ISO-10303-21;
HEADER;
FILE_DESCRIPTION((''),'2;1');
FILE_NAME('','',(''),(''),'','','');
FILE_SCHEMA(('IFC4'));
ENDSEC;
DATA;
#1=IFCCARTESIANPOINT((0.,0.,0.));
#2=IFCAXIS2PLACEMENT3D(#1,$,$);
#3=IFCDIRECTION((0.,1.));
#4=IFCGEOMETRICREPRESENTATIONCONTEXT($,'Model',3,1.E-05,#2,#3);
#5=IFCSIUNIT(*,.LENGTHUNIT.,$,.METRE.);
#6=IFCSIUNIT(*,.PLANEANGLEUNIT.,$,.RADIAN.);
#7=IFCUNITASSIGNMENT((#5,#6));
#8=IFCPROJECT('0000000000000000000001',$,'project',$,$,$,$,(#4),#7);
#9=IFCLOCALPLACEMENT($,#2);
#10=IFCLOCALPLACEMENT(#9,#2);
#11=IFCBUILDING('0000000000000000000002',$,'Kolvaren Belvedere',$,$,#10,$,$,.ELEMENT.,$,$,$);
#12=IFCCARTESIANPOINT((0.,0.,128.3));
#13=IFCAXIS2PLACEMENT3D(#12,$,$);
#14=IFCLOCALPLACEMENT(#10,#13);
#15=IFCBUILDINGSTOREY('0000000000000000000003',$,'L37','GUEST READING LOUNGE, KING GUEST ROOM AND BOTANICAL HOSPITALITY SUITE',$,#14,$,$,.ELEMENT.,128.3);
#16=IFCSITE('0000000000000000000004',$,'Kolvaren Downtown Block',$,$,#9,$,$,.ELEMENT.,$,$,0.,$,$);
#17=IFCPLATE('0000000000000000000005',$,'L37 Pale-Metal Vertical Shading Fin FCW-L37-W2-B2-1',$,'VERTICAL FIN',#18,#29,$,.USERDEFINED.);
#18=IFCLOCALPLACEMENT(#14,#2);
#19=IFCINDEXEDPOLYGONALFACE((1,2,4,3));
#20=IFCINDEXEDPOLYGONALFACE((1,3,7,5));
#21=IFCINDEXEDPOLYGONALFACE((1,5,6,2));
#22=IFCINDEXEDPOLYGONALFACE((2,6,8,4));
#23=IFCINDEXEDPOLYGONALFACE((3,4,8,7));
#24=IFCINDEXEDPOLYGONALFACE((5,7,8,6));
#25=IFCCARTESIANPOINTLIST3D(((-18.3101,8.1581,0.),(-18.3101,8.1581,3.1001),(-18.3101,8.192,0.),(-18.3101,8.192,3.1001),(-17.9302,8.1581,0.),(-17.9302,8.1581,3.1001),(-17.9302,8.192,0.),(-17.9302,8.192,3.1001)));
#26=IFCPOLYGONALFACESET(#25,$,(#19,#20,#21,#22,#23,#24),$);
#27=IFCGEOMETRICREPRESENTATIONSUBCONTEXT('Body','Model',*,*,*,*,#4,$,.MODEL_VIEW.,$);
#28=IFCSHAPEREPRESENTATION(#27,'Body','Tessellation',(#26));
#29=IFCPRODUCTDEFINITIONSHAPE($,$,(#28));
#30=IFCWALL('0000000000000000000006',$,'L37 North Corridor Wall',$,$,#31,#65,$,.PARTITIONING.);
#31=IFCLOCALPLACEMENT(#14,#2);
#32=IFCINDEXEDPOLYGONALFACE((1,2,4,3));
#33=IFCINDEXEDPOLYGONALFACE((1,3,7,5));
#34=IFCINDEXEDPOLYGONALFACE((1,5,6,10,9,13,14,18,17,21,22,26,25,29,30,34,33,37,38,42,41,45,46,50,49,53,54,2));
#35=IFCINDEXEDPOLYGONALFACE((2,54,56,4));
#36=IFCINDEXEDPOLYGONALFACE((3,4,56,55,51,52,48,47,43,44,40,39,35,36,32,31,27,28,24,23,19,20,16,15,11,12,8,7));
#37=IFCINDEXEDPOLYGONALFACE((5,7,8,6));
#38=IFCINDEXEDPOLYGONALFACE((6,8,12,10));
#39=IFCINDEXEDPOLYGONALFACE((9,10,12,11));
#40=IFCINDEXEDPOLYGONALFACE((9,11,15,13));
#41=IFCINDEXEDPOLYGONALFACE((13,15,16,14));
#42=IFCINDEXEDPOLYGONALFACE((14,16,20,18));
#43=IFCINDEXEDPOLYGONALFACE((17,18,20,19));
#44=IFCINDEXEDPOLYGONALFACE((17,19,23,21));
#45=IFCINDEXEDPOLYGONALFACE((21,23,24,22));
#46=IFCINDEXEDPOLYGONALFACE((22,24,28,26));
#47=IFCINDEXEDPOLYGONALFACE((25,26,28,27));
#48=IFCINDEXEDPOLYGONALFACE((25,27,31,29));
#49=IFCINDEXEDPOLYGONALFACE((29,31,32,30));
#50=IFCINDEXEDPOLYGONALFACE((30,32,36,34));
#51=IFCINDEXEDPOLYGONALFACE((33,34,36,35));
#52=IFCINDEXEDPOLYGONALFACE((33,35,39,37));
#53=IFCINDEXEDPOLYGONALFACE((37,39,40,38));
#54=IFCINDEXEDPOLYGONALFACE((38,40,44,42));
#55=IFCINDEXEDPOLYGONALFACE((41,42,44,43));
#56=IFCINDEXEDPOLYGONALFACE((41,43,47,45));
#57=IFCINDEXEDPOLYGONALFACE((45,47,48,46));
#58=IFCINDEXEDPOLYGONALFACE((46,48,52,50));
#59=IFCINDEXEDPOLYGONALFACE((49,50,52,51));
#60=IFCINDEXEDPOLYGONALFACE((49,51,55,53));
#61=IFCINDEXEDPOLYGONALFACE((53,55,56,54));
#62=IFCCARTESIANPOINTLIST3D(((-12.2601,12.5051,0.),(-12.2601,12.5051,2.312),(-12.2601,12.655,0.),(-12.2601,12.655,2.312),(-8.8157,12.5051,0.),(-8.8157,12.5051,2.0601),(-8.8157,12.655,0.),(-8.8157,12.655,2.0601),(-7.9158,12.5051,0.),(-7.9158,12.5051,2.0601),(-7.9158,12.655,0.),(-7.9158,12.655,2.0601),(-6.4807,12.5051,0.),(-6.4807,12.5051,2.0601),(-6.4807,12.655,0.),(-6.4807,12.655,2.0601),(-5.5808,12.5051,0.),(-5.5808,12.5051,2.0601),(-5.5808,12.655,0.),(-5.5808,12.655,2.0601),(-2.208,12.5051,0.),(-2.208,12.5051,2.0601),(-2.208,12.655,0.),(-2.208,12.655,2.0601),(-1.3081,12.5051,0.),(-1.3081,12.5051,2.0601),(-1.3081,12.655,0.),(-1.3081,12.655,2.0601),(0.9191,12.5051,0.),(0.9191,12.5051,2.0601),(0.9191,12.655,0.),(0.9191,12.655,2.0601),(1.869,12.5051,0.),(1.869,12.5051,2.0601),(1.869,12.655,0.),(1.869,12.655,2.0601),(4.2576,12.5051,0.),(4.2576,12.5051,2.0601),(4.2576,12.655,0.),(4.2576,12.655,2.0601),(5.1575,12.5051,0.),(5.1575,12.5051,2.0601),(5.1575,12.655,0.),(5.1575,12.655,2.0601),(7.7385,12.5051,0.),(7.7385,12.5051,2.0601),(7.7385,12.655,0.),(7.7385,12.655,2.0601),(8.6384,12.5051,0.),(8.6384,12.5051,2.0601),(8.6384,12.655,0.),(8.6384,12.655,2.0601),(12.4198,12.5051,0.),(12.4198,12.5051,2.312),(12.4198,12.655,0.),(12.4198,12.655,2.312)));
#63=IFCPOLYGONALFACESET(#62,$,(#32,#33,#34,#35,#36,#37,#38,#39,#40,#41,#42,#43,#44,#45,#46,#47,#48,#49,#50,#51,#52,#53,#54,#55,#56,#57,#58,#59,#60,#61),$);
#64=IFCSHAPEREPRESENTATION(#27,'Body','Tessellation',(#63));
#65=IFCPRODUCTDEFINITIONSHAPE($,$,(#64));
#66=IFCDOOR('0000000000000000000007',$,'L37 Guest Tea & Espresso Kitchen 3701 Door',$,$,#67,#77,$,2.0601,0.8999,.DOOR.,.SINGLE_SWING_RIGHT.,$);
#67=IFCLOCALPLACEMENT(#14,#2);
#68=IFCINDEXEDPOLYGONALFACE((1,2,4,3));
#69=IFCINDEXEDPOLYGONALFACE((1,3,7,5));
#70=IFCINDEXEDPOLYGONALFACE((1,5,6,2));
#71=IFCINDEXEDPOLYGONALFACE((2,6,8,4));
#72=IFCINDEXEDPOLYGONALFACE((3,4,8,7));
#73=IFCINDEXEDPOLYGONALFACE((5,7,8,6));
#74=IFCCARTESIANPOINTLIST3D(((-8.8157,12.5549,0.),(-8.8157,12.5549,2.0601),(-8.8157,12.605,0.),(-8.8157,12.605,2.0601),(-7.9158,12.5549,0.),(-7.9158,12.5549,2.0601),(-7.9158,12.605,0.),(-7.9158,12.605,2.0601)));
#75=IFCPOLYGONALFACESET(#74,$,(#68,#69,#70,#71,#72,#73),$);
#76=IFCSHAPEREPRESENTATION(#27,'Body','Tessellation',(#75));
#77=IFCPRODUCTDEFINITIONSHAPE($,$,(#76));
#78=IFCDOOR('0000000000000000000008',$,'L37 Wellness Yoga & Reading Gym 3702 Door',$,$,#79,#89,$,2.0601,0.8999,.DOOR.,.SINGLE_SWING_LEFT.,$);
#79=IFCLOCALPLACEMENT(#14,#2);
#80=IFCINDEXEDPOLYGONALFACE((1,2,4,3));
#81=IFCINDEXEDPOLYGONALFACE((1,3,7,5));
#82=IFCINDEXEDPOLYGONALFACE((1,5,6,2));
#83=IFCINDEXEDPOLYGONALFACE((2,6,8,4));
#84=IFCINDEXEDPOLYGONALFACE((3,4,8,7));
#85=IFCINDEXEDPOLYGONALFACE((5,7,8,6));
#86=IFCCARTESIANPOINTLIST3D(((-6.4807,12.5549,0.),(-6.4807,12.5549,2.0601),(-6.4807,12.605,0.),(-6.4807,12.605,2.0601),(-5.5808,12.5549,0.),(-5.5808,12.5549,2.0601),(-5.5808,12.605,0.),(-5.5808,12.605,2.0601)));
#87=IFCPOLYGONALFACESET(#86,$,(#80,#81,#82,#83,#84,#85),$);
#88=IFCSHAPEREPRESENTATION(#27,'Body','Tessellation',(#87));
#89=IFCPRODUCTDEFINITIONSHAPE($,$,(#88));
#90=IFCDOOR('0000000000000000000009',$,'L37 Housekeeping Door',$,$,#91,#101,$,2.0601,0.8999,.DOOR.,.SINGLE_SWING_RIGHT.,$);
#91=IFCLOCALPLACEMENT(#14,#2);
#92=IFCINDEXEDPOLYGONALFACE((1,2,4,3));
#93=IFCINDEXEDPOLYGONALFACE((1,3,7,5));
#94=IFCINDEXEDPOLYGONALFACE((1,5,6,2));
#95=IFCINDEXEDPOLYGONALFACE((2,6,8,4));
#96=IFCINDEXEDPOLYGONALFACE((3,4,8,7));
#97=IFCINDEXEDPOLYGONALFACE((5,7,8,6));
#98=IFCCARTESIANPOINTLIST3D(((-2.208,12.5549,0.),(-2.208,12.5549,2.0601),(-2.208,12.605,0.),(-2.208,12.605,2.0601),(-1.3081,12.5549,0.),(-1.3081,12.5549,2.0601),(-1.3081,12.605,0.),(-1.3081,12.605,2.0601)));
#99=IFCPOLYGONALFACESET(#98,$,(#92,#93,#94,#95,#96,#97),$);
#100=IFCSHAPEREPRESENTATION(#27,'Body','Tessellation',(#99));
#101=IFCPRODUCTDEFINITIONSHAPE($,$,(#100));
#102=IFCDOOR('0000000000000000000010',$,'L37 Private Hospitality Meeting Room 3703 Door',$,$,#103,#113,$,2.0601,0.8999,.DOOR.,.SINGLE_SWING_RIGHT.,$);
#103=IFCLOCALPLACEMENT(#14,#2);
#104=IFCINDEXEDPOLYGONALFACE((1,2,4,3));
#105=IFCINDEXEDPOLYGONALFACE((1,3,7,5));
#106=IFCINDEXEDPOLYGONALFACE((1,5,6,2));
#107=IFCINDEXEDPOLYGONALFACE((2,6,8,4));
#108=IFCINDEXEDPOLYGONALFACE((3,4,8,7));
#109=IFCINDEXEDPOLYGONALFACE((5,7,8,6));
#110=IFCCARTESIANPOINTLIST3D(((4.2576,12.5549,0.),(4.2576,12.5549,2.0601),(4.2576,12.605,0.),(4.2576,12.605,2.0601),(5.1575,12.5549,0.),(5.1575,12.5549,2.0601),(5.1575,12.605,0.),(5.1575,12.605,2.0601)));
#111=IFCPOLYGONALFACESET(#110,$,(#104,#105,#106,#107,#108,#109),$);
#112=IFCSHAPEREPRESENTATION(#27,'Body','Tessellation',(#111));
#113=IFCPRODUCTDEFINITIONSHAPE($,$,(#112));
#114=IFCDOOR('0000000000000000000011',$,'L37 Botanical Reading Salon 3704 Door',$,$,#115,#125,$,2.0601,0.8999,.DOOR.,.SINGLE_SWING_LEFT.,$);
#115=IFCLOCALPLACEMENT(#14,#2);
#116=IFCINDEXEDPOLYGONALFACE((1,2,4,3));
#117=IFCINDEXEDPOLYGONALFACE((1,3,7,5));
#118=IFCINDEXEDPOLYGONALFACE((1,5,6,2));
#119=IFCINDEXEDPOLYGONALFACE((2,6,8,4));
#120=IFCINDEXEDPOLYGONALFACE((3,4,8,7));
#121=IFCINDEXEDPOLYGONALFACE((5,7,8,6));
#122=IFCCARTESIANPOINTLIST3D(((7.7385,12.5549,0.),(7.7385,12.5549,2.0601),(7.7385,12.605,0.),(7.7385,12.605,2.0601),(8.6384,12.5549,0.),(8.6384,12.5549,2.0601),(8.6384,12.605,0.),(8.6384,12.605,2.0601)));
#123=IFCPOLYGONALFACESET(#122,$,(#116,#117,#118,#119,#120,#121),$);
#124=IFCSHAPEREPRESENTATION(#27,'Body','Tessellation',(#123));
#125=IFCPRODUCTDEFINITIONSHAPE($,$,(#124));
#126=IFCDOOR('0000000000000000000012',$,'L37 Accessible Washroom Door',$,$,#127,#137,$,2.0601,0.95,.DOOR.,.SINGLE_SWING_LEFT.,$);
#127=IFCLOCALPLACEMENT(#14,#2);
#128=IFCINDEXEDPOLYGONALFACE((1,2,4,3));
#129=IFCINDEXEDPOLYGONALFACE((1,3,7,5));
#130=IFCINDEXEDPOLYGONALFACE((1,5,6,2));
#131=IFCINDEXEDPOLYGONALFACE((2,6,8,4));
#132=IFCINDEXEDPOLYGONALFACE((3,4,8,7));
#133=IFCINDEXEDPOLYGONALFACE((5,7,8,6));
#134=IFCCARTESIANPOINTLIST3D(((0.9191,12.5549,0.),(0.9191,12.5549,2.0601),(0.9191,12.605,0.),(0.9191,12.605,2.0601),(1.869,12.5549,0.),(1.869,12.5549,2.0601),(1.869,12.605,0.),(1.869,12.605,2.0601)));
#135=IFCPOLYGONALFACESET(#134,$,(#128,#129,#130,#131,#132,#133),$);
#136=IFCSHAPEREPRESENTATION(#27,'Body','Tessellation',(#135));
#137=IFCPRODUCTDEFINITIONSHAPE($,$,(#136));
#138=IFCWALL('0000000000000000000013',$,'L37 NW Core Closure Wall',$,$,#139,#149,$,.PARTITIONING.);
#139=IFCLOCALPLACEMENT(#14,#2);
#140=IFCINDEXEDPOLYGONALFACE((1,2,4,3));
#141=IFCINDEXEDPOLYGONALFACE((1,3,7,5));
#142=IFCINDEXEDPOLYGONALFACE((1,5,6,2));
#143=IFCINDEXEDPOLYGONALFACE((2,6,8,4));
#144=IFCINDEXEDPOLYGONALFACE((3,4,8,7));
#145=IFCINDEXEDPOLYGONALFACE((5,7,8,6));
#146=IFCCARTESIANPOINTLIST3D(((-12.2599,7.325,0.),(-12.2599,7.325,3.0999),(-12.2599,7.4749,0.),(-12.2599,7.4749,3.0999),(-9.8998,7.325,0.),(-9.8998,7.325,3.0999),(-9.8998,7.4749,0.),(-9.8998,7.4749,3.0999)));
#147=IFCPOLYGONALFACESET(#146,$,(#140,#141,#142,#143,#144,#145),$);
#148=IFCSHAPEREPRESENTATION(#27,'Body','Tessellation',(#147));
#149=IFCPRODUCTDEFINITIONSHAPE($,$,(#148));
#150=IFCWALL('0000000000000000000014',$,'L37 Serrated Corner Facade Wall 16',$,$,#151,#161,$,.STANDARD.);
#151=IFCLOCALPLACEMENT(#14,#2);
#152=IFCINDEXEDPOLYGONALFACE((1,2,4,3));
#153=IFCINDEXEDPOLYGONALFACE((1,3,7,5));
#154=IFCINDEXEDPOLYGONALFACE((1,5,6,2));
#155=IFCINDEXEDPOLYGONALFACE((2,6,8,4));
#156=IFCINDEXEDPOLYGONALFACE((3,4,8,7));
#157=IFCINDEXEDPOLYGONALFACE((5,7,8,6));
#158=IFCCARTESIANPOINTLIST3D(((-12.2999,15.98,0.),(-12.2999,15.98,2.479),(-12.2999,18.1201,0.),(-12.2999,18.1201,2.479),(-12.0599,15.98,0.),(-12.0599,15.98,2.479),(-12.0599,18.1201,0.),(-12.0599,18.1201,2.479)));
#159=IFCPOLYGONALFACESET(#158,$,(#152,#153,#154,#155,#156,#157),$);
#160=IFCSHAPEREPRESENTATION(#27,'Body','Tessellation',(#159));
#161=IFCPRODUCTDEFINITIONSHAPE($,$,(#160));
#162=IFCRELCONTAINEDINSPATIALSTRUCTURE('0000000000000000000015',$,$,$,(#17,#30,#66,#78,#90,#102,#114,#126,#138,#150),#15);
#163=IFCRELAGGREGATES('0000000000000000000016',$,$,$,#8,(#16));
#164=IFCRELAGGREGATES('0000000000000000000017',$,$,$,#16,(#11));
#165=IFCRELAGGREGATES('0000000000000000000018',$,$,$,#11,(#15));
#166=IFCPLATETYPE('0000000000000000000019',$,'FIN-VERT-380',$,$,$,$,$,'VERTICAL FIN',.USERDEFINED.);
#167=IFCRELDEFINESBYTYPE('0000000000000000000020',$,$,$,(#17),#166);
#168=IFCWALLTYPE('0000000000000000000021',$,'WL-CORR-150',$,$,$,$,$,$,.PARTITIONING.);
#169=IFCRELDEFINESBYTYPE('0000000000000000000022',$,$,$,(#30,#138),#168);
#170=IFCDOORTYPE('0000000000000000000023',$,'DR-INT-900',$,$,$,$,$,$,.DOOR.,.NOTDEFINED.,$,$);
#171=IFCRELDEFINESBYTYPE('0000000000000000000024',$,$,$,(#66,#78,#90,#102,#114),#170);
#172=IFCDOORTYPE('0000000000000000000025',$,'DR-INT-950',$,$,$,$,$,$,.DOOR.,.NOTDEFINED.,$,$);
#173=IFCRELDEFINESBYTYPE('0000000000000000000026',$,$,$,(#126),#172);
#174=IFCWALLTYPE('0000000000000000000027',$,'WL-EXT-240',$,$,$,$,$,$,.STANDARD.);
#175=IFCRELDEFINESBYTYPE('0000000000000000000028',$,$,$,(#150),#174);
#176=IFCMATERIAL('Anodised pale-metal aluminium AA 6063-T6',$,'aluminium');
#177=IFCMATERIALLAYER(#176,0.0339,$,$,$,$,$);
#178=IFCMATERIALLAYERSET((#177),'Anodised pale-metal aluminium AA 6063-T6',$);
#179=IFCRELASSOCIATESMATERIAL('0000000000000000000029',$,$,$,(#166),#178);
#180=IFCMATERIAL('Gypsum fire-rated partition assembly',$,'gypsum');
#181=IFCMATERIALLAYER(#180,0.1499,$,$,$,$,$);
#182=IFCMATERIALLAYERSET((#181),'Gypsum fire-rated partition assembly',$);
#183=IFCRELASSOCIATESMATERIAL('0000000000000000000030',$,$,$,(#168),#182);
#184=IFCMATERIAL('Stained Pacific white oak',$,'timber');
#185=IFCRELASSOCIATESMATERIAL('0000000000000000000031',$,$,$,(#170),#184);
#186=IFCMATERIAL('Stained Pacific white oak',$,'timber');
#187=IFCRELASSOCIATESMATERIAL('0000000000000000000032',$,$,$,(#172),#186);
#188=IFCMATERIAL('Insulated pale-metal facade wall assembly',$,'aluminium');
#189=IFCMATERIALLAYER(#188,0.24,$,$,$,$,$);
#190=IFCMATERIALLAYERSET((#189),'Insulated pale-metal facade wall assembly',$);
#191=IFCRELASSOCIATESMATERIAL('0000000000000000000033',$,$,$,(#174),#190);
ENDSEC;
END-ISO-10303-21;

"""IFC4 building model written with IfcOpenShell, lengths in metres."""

from ifc_helpers import new_model, si_unit, direction, frame, frame_2d, origin, origin_2d, place, context, subcontext, project, spatial, rectangle, extrude, material, layer, layer_set, type_object, element, fill, save


model = new_model("IFC4")

# Units and contexts
model_context = context("Model", 3, precision=1e-05, world=origin(), true_north=direction((0.0, 1.0)))
body_context = subcontext(model_context, "Body", "Model", "MODEL_VIEW")
ifc_project = project(units=[si_unit("LENGTHUNIT", "METRE"), si_unit("PLANEANGLEUNIT", "RADIAN")], contexts=[model_context])

# Site, building, storey
site_placement = place(None, origin())
site = spatial("IfcSite", under=ifc_project, at=site_placement, Name="Kolvaren Downtown Block", CompositionType="ELEMENT", RefElevation=0.0)
building_placement = place(site_placement, origin())
building = spatial("IfcBuilding", under=site, at=building_placement, Name="Kolvaren Belvedere", CompositionType="ELEMENT")
storey_placement = place(building_placement, frame((0.0, 0.0, 128.3)))
storey = spatial("IfcBuildingStorey", under=building, at=storey_placement, Name="L37", Description="GUEST READING LOUNGE, KING GUEST ROOM AND BOTANICAL HOSPITALITY SUITE", CompositionType="ELEMENT", Elevation=128.3)

# Plate
ifc_material_1 = material(Name="Anodised pale-metal aluminium AA 6063-T6", Category="aluminium")
ifc_layer_1 = layer(ifc_material_1, 0.0339)
ifc_layer_set_1 = layer_set([ifc_layer_1], Name="Anodised pale-metal aluminium AA 6063-T6")
plate_type_1 = type_object("IfcPlateType", Name="FIN-VERT-380", ElementType="VERTICAL FIN", PredefinedType="USERDEFINED", material=ifc_layer_set_1)
plate_1_placement = place(storey_placement, frame((-18.1201, 8.175, 0.0), z_axis=(0.0, 0.0, 1.0), x_axis=(1.0, 0.0, 0.0)))
element("IfcPlate", 1, at=plate_1_placement, inside=storey, type_object=plate_type_1, Name="L37 Pale-Metal Vertical Shading Fin FCW-L37-W2-B2-1", ObjectType="VERTICAL FIN", PredefinedType="USERDEFINED", context=body_context, shape_type="SweptSolid", body=[
    extrude(rectangle(XDim=0.3799, YDim=0.0339, at=origin_2d()), origin(), (0.0, 0.0, 1.0), 3.1001),
])

# Wall, openings, doors
ifc_material_2 = material(Name="Gypsum fire-rated partition assembly", Category="gypsum")
ifc_layer_2 = layer(ifc_material_2, 0.1499)
ifc_layer_set_2 = layer_set([ifc_layer_2], Name="Gypsum fire-rated partition assembly")
wall_type_1 = type_object("IfcWallType", Name="WL-CORR-150", PredefinedType="PARTITIONING", material=ifc_layer_set_2)
wall_1_placement = place(storey_placement, frame((-12.26, 12.5801, 0.0), z_axis=(0.0, 0.0, 1.0), x_axis=(1.0, 0.0, 0.0)))
wall_1 = element("IfcWall", 2, at=wall_1_placement, inside=storey, type_object=wall_type_1, Name="L37 North Corridor Wall", PredefinedType="PARTITIONING", context=body_context, shape_type="SweptSolid", body=[
    extrude(rectangle(XDim=24.6799, YDim=0.1499, at=frame_2d((12.3398, 0.0))), origin(), (0.0, 0.0, 1.0), 2.312),
])
opening_1_placement = place(wall_1_placement, frame((3.4443, 0.0, 0.0)))
opening_1 = element("IfcOpeningElement", 3, at=opening_1_placement, cuts=wall_1, PredefinedType="OPENING", context=body_context, shape_type="SweptSolid", body=[
    extrude(rectangle(XDim=0.8999, YDim=2.0601, at=frame_2d((0.45, 1.03))), frame((0.0, 0.085, 0.0), z_axis=(0.0, -1.0, 0.0), x_axis=(1.0, 0.0, 0.0)), (0.0, 0.0, 1.0), 0.1699),
])
opening_2_placement = place(wall_1_placement, frame((5.7793, 0.0, 0.0)))
opening_2 = element("IfcOpeningElement", 4, at=opening_2_placement, cuts=wall_1, PredefinedType="OPENING", context=body_context, shape_type="SweptSolid", body=[
    extrude(rectangle(XDim=0.8999, YDim=2.0601, at=frame_2d((0.45, 1.03))), frame((0.0, 0.085, 0.0), z_axis=(0.0, -1.0, 0.0), x_axis=(1.0, 0.0, 0.0)), (0.0, 0.0, 1.0), 0.1699),
])
opening_3_placement = place(wall_1_placement, frame((10.052, 0.0, 0.0)))
opening_3 = element("IfcOpeningElement", 5, at=opening_3_placement, cuts=wall_1, PredefinedType="OPENING", context=body_context, shape_type="SweptSolid", body=[
    extrude(rectangle(XDim=0.8999, YDim=2.0601, at=frame_2d((0.45, 1.03))), frame((0.0, 0.085, 0.0), z_axis=(0.0, -1.0, 0.0), x_axis=(1.0, 0.0, 0.0)), (0.0, 0.0, 1.0), 0.1699),
])
opening_4_placement = place(wall_1_placement, frame((13.179, 0.0, 0.0)))
opening_4 = element("IfcOpeningElement", 6, at=opening_4_placement, cuts=wall_1, PredefinedType="OPENING", context=body_context, shape_type="SweptSolid", body=[
    extrude(rectangle(XDim=0.95, YDim=2.0601, at=frame_2d((0.4751, 1.03))), frame((0.0, 0.085, 0.0), z_axis=(0.0, -1.0, 0.0), x_axis=(1.0, 0.0, 0.0)), (0.0, 0.0, 1.0), 0.1699),
])
opening_5_placement = place(wall_1_placement, frame((16.5176, 0.0, 0.0)))
opening_5 = element("IfcOpeningElement", 7, at=opening_5_placement, cuts=wall_1, PredefinedType="OPENING", context=body_context, shape_type="SweptSolid", body=[
    extrude(rectangle(XDim=0.8999, YDim=2.0601, at=frame_2d((0.45, 1.03))), frame((0.0, 0.085, 0.0), z_axis=(0.0, -1.0, 0.0), x_axis=(1.0, 0.0, 0.0)), (0.0, 0.0, 1.0), 0.1699),
])
opening_6_placement = place(wall_1_placement, frame((19.9985, 0.0, 0.0)))
opening_6 = element("IfcOpeningElement", 8, at=opening_6_placement, cuts=wall_1, PredefinedType="OPENING", context=body_context, shape_type="SweptSolid", body=[
    extrude(rectangle(XDim=0.8999, YDim=2.0601, at=frame_2d((0.45, 1.03))), frame((0.0, 0.085, 0.0), z_axis=(0.0, -1.0, 0.0), x_axis=(1.0, 0.0, 0.0)), (0.0, 0.0, 1.0), 0.1699),
])
ifc_material_3 = material(Name="Stained Pacific white oak", Category="timber")
door_type_1 = type_object("IfcDoorType", Name="DR-INT-900", OperationType="NOTDEFINED", PredefinedType="DOOR", material=ifc_material_3)
door_1_placement = place(opening_1_placement, origin())
door_1 = element("IfcDoor", 9, at=door_1_placement, inside=storey, type_object=door_type_1, Name="L37 Guest Tea & Espresso Kitchen 3701 Door", OperationType="SINGLE_SWING_RIGHT", OverallHeight=2.0601, OverallWidth=0.8999, PredefinedType="DOOR", context=body_context, shape_type="SweptSolid", body=[
    extrude(rectangle(XDim=0.8999, YDim=2.0601, at=frame_2d((0.45, 1.03))), frame((0.0, 0.0249, 0.0), z_axis=(0.0, -1.0, 0.0), x_axis=(1.0, 0.0, 0.0)), (0.0, 0.0, 1.0), 0.05),
])
fill(opening_1, door_1)
door_2_placement = place(opening_2_placement, origin())
door_2 = element("IfcDoor", 10, at=door_2_placement, inside=storey, type_object=door_type_1, Name="L37 Wellness Yoga & Reading Gym 3702 Door", OperationType="SINGLE_SWING_LEFT", OverallHeight=2.0601, OverallWidth=0.8999, PredefinedType="DOOR", context=body_context, shape_type="SweptSolid", body=[
    extrude(rectangle(XDim=0.8999, YDim=2.0601, at=frame_2d((0.45, 1.03))), frame((0.0, 0.0249, 0.0), z_axis=(0.0, -1.0, 0.0), x_axis=(1.0, 0.0, 0.0)), (0.0, 0.0, 1.0), 0.05),
])
fill(opening_2, door_2)
door_3_placement = place(opening_3_placement, origin())
door_3 = element("IfcDoor", 11, at=door_3_placement, inside=storey, type_object=door_type_1, Name="L37 Housekeeping Door", OperationType="SINGLE_SWING_RIGHT", OverallHeight=2.0601, OverallWidth=0.8999, PredefinedType="DOOR", context=body_context, shape_type="SweptSolid", body=[
    extrude(rectangle(XDim=0.8999, YDim=2.0601, at=frame_2d((0.45, 1.03))), frame((0.0, 0.0249, 0.0), z_axis=(0.0, -1.0, 0.0), x_axis=(1.0, 0.0, 0.0)), (0.0, 0.0, 1.0), 0.05),
])
fill(opening_3, door_3)
door_4_placement = place(opening_5_placement, origin())
door_4 = element("IfcDoor", 12, at=door_4_placement, inside=storey, type_object=door_type_1, Name="L37 Private Hospitality Meeting Room 3703 Door", OperationType="SINGLE_SWING_RIGHT", OverallHeight=2.0601, OverallWidth=0.8999, PredefinedType="DOOR", context=body_context, shape_type="SweptSolid", body=[
    extrude(rectangle(XDim=0.8999, YDim=2.0601, at=frame_2d((0.45, 1.03))), frame((0.0, 0.0249, 0.0), z_axis=(0.0, -1.0, 0.0), x_axis=(1.0, 0.0, 0.0)), (0.0, 0.0, 1.0), 0.05),
])
fill(opening_5, door_4)
door_5_placement = place(opening_6_placement, origin())
door_5 = element("IfcDoor", 13, at=door_5_placement, inside=storey, type_object=door_type_1, Name="L37 Botanical Reading Salon 3704 Door", OperationType="SINGLE_SWING_LEFT", OverallHeight=2.0601, OverallWidth=0.8999, PredefinedType="DOOR", context=body_context, shape_type="SweptSolid", body=[
    extrude(rectangle(XDim=0.8999, YDim=2.0601, at=frame_2d((0.45, 1.03))), frame((0.0, 0.0249, 0.0), z_axis=(0.0, -1.0, 0.0), x_axis=(1.0, 0.0, 0.0)), (0.0, 0.0, 1.0), 0.05),
])
fill(opening_6, door_5)
ifc_material_4 = material(Name="Stained Pacific white oak", Category="timber")
door_type_2 = type_object("IfcDoorType", Name="DR-INT-950", OperationType="NOTDEFINED", PredefinedType="DOOR", material=ifc_material_4)
door_6_placement = place(opening_4_placement, origin())
door_6 = element("IfcDoor", 14, at=door_6_placement, inside=storey, type_object=door_type_2, Name="L37 Accessible Washroom Door", OperationType="SINGLE_SWING_LEFT", OverallHeight=2.0601, OverallWidth=0.95, PredefinedType="DOOR", context=body_context, shape_type="SweptSolid", body=[
    extrude(rectangle(XDim=0.95, YDim=2.0601, at=frame_2d((0.4751, 1.03))), frame((0.0, 0.0249, 0.0), z_axis=(0.0, -1.0, 0.0), x_axis=(1.0, 0.0, 0.0)), (0.0, 0.0, 1.0), 0.05),
])
fill(opening_4, door_6)

# Walls
wall_2_placement = place(storey_placement, frame((-12.26, 7.3999, 0.0), z_axis=(0.0, 0.0, 1.0), x_axis=(1.0, 0.0, 0.0)))
element("IfcWall", 15, at=wall_2_placement, inside=storey, type_object=wall_type_1, Name="L37 NW Core Closure Wall", PredefinedType="PARTITIONING", context=body_context, shape_type="SweptSolid", body=[
    extrude(rectangle(XDim=2.3601, YDim=0.1499, at=frame_2d((1.1802, 0.0))), origin(), (0.0, 0.0, 1.0), 3.0999),
])
ifc_material_5 = material(Name="Insulated pale-metal facade wall assembly", Category="aluminium")
ifc_layer_3 = layer(ifc_material_5, 0.24)
ifc_layer_set_3 = layer_set([ifc_layer_3], Name="Insulated pale-metal facade wall assembly")
wall_type_2 = type_object("IfcWallType", Name="WL-EXT-240", PredefinedType="STANDARD", material=ifc_layer_set_3)
for number, where, z_axis, x_axis, name in (
    (16, (-12.1799, 15.98, 0.0), (0.0, 0.0, 1.0), (0.0, 1.0, 0.0), "L37 Serrated Corner Facade Wall 16"),
):
    element("IfcWall", number, at=place(storey_placement, frame(where, z_axis=z_axis, x_axis=x_axis)), inside=storey, type_object=wall_type_2, Name=name, PredefinedType="STANDARD", context=body_context, shape_type="SweptSolid", body=[
        extrude(rectangle(XDim=2.1401, YDim=0.24, at=frame_2d((1.0701, 0.0))), origin(), (0.0, 0.0, 1.0), 2.479),
    ])

save(model, "model.ifc")
